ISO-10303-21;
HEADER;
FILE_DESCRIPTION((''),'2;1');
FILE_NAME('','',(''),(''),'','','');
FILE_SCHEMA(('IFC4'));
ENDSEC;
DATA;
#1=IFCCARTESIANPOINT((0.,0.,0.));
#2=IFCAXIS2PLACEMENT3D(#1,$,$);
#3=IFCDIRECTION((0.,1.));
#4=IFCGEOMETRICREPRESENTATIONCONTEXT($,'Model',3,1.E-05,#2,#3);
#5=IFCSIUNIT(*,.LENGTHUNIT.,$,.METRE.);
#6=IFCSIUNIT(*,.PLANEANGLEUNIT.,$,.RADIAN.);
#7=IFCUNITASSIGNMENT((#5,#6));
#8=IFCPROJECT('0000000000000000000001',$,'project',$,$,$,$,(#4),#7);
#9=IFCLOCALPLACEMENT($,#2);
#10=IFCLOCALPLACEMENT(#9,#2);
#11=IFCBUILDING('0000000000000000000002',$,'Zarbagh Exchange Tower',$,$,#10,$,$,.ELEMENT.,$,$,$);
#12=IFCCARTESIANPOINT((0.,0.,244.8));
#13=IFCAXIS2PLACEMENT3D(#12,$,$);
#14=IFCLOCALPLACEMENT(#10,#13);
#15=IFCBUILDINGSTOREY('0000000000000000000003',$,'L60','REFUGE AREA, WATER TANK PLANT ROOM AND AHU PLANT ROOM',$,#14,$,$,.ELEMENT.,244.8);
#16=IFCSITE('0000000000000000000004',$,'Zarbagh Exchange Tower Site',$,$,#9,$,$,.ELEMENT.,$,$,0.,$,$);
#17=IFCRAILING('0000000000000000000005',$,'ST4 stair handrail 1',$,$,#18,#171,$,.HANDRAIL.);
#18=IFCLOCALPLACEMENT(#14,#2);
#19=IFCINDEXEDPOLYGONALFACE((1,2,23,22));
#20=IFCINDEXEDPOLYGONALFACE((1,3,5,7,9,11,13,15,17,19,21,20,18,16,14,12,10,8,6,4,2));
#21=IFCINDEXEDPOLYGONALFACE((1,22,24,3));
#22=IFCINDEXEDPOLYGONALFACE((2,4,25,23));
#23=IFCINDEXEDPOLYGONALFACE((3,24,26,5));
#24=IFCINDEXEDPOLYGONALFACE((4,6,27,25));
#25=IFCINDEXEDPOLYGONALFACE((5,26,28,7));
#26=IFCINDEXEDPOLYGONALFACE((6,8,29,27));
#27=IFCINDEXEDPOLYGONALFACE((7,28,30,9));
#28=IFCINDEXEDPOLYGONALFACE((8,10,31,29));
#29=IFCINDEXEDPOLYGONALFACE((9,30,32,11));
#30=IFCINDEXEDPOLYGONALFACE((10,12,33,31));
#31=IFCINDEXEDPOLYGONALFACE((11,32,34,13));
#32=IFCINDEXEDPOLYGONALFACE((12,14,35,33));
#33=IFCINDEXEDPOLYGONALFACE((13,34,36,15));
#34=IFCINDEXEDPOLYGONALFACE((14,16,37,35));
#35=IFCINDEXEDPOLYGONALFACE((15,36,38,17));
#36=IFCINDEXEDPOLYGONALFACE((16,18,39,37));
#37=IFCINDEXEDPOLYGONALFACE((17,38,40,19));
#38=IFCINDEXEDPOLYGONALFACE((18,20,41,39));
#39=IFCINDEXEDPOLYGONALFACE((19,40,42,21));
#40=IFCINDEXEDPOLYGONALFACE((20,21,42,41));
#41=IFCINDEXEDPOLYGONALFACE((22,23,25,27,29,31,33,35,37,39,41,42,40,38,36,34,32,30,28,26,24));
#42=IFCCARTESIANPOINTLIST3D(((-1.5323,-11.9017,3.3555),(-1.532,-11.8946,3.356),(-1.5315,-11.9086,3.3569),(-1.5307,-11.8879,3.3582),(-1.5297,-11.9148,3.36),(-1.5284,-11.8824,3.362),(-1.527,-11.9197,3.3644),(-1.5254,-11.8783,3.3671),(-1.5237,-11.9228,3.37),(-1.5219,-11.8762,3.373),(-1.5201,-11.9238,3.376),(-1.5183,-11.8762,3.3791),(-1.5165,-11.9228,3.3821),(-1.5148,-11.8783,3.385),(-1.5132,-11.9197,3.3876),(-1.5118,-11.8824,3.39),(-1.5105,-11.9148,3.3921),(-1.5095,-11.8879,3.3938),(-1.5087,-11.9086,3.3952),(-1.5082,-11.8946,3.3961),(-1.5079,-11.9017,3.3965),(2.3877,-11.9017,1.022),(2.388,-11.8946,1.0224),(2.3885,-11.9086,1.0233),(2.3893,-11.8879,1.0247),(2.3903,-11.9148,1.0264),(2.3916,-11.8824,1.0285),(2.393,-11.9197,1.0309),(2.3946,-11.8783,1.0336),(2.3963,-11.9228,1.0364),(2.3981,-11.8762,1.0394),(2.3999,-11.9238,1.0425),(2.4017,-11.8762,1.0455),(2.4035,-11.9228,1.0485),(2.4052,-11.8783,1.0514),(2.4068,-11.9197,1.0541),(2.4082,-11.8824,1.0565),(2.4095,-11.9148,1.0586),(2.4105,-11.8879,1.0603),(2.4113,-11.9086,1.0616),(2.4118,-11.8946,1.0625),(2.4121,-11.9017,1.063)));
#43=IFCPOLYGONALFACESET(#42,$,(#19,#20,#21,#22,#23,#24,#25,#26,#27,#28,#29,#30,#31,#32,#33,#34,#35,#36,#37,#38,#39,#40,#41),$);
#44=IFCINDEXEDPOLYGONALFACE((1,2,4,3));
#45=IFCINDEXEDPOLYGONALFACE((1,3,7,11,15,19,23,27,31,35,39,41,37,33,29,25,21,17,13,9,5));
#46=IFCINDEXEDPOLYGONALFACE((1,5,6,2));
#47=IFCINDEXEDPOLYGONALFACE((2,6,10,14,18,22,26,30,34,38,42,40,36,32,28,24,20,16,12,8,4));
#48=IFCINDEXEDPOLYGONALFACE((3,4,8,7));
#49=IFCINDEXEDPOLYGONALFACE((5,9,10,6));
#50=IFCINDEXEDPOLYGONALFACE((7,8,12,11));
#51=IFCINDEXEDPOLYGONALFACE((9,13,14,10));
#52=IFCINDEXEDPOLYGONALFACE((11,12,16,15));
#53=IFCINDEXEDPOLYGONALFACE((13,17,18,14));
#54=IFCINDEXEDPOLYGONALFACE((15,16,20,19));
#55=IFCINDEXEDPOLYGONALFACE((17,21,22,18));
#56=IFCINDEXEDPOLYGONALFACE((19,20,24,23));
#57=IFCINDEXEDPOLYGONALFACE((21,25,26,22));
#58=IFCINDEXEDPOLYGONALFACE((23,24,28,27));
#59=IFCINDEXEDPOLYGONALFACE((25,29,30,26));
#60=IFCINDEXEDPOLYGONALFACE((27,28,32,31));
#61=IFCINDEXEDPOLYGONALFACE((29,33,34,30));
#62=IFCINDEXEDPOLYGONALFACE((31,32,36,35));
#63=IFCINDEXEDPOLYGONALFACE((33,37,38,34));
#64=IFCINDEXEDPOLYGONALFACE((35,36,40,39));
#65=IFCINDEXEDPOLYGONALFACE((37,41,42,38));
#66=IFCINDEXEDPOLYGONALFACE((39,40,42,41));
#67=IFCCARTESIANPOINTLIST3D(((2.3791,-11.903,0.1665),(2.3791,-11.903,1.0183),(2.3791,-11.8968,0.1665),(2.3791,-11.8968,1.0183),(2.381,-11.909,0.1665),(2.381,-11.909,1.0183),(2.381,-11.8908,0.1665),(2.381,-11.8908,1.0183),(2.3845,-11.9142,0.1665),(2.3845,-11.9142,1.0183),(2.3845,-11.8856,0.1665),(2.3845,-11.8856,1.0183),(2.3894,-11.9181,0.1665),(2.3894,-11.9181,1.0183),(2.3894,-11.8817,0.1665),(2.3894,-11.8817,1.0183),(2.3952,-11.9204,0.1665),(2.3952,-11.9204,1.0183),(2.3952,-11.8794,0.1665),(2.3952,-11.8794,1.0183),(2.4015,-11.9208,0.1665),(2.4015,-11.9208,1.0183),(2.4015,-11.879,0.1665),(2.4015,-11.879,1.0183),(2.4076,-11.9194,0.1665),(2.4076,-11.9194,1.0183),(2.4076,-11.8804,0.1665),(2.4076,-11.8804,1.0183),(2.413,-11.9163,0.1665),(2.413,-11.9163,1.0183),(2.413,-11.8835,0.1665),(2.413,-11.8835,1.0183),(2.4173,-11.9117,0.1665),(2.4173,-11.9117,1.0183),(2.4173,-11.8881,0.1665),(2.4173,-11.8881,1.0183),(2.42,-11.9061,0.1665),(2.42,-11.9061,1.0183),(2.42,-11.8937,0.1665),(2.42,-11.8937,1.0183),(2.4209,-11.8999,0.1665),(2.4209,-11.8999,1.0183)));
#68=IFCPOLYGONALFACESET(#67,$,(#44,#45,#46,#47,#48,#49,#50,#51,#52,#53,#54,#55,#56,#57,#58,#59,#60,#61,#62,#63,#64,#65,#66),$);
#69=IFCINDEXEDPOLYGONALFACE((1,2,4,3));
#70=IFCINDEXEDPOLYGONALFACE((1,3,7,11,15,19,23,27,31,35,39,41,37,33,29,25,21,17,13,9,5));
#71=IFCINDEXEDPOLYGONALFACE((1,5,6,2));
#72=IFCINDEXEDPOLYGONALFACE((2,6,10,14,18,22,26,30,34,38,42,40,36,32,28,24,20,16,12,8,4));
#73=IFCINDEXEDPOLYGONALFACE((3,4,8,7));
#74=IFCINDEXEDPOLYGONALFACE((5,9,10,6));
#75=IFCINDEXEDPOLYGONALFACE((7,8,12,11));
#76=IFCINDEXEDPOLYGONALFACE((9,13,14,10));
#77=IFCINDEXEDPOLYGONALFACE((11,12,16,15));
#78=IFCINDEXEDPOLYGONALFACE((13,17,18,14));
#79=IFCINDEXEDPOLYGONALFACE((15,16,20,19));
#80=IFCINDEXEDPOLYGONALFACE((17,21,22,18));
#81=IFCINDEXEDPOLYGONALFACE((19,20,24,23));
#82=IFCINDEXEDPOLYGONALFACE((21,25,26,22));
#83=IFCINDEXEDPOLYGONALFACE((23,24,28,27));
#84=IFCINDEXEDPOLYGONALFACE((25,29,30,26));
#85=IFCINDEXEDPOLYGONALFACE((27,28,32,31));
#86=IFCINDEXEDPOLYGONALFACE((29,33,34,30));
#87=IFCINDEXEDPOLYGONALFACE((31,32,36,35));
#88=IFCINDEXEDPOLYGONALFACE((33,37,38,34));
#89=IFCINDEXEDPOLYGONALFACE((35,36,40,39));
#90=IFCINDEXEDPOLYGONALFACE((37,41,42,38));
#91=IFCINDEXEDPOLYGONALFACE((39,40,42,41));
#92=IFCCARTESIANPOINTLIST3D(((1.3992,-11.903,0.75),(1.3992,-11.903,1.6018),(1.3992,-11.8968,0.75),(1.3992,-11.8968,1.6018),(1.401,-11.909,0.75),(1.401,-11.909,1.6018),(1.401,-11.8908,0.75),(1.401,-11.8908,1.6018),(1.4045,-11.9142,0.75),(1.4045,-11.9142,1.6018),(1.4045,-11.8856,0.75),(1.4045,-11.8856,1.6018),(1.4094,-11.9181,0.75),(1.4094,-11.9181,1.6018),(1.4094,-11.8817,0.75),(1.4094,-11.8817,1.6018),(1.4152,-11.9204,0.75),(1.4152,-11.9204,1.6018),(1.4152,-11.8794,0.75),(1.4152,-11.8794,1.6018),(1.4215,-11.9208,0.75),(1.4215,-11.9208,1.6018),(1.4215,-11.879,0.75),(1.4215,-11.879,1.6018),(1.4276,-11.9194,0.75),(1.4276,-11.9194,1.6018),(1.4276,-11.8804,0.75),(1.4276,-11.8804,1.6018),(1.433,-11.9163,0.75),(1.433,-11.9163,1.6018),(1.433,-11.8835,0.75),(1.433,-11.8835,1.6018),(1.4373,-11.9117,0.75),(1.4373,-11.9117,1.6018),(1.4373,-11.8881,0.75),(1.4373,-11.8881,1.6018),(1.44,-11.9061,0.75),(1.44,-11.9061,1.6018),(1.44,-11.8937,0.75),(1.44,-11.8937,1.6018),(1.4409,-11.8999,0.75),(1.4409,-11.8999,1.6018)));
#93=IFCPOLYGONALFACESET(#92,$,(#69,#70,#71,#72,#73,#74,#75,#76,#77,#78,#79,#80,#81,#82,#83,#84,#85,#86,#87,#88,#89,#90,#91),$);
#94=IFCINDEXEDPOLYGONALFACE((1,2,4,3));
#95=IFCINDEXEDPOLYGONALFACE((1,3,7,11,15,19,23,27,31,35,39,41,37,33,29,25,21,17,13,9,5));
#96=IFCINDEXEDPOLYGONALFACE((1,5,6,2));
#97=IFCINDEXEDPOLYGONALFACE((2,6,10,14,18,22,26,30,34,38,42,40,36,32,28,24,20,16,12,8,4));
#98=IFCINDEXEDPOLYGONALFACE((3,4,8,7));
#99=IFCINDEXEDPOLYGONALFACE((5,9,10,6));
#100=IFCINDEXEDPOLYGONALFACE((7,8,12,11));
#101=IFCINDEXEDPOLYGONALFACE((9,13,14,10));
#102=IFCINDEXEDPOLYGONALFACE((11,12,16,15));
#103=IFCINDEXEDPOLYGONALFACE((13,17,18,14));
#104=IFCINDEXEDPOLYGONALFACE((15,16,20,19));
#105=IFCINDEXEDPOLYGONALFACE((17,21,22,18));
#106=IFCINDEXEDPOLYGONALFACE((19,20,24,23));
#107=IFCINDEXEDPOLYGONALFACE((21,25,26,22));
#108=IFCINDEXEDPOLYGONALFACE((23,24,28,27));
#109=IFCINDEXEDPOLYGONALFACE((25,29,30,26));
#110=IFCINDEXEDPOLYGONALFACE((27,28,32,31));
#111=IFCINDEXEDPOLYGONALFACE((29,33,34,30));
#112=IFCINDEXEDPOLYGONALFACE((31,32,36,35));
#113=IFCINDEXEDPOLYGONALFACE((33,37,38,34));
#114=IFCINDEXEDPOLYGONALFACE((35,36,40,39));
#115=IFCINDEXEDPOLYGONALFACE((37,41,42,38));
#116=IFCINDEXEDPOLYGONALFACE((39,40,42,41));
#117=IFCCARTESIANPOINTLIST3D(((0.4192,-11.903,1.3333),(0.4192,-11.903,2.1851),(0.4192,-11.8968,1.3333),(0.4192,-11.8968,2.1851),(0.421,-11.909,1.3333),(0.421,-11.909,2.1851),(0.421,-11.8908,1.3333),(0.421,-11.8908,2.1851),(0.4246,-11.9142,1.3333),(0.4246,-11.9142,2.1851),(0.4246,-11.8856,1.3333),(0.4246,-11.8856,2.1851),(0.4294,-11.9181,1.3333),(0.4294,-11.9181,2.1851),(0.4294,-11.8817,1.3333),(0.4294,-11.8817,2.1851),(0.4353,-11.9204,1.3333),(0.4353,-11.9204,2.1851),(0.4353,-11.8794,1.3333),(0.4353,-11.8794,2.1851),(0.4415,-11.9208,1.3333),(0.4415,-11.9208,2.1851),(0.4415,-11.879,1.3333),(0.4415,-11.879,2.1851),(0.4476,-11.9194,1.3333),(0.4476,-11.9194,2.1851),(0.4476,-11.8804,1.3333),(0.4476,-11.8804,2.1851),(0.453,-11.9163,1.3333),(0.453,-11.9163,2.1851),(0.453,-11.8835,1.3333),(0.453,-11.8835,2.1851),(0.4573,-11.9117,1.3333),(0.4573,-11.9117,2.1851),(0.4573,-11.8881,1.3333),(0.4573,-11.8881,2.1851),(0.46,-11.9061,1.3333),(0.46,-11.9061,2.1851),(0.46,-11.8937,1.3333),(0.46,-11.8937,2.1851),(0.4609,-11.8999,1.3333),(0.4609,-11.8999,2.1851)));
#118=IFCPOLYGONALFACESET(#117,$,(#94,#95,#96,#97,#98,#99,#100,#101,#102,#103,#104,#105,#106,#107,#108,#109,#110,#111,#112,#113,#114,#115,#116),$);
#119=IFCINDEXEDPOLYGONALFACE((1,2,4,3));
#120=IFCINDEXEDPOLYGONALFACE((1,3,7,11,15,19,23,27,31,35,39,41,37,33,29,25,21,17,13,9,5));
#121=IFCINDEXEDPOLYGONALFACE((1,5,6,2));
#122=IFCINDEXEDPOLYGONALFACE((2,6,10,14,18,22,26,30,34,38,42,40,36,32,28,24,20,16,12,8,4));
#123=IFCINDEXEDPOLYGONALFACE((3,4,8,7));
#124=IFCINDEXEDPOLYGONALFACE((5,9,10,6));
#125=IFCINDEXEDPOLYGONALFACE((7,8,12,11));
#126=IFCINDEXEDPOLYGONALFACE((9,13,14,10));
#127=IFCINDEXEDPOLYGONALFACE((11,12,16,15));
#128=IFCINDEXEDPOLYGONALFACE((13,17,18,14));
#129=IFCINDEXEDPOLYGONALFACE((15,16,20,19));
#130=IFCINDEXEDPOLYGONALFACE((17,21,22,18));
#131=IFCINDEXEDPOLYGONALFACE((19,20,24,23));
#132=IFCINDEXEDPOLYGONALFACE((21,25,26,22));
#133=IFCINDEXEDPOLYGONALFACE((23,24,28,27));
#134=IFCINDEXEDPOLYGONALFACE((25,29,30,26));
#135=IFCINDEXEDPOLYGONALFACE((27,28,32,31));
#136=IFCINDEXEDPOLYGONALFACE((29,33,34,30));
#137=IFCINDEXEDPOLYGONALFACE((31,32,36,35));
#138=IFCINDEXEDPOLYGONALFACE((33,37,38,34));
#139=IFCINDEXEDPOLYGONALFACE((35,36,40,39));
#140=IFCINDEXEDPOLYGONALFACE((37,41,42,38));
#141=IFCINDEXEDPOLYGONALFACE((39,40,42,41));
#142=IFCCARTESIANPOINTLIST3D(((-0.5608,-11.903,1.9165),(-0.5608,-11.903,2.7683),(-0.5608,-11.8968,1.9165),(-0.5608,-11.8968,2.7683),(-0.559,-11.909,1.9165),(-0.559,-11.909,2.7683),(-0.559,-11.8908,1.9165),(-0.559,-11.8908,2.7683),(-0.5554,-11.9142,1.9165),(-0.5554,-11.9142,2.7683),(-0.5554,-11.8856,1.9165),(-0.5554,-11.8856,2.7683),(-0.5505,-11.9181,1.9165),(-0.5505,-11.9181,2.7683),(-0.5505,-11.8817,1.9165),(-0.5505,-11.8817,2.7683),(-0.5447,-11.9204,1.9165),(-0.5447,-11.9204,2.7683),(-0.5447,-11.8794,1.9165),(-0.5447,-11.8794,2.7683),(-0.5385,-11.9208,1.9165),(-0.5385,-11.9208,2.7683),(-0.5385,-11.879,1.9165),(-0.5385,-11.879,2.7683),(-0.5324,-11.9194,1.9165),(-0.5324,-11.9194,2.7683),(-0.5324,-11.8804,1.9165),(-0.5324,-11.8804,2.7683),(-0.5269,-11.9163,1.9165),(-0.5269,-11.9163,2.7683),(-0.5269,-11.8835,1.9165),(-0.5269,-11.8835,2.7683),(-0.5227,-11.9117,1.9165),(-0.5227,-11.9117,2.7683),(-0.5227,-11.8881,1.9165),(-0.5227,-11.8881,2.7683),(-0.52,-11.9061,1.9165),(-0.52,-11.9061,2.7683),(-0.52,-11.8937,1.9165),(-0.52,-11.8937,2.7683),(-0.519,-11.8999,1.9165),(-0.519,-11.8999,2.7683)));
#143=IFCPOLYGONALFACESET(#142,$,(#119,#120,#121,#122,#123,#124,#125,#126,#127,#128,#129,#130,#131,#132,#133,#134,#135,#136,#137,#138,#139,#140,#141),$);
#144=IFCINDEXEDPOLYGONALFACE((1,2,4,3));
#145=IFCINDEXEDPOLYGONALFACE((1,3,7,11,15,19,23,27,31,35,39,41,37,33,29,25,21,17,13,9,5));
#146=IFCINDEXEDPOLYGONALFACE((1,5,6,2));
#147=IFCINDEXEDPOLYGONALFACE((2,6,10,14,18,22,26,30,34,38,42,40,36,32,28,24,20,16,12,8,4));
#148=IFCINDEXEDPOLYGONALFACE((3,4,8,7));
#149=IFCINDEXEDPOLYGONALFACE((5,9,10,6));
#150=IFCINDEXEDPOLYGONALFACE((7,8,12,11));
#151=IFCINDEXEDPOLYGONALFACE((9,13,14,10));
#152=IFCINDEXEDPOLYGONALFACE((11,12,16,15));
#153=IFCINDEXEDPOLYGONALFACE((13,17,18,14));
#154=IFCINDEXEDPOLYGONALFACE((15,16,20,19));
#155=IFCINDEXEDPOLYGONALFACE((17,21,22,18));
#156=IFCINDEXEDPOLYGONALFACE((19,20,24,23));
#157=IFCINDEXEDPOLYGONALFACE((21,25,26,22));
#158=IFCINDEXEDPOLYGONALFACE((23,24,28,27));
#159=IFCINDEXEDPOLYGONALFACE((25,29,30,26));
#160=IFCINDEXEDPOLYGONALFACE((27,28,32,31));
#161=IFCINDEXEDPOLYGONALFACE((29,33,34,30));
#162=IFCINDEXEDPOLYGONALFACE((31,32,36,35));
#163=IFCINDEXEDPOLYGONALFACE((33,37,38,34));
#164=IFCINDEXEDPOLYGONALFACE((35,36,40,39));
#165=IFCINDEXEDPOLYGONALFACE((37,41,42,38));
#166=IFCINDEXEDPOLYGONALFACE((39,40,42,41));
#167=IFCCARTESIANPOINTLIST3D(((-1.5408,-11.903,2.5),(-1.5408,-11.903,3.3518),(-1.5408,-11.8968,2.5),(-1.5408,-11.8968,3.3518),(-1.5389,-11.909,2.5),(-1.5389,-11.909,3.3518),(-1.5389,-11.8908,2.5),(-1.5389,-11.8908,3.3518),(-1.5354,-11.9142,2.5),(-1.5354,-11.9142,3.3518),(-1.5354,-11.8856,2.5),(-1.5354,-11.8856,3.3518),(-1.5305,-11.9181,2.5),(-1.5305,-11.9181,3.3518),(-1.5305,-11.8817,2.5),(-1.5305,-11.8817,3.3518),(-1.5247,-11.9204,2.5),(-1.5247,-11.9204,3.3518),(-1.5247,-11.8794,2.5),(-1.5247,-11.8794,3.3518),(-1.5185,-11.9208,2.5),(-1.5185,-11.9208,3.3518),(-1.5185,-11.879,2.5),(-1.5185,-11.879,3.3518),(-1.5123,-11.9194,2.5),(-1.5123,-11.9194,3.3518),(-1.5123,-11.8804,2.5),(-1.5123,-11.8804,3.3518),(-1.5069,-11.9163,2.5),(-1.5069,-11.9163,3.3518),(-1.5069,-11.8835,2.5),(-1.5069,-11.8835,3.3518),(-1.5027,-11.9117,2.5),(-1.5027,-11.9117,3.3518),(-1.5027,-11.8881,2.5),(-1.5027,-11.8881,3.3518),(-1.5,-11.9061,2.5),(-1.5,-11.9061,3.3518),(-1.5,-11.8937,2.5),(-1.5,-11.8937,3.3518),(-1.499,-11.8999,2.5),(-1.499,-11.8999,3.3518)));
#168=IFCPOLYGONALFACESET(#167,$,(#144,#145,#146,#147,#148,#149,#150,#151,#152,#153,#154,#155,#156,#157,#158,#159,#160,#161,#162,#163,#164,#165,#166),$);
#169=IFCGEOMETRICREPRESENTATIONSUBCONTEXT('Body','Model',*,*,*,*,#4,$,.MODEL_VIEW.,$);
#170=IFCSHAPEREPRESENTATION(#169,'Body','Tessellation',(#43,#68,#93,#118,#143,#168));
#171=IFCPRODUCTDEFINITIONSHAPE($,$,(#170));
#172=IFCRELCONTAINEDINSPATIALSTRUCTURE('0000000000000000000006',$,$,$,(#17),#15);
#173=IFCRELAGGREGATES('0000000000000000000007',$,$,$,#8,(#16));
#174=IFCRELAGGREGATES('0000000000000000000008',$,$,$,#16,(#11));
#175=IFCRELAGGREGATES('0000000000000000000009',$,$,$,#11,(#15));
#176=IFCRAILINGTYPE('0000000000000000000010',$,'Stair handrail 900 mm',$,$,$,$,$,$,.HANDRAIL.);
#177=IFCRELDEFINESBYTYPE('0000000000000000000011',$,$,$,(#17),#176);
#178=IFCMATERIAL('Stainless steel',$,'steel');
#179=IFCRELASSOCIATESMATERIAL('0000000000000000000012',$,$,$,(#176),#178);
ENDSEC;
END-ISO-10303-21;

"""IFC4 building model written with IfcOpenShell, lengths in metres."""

from ifc_helpers import new_model, si_unit, direction, frame, origin, origin_2d, place, context, subcontext, project, spatial, circle, extrude, material, type_object, element, save


model = new_model("IFC4")

# Units and contexts
model_context = context("Model", 3, precision=1e-05, world=origin(), true_north=direction((0.0, 1.0)))
body_context = subcontext(model_context, "Body", "Model", "MODEL_VIEW")
ifc_project = project(units=[si_unit("LENGTHUNIT", "METRE"), si_unit("PLANEANGLEUNIT", "RADIAN")], contexts=[model_context])

# Site, building, storey
site_placement = place(None, origin())
site = spatial("IfcSite", under=ifc_project, at=site_placement, Name="Zarbagh Exchange Tower Site", CompositionType="ELEMENT", RefElevation=0.0)
building_placement = place(site_placement, origin())
building = spatial("IfcBuilding", under=site, at=building_placement, Name="Zarbagh Exchange Tower", CompositionType="ELEMENT")
storey_placement = place(building_placement, frame((0.0, 0.0, 244.8)))
storey = spatial("IfcBuildingStorey", under=building, at=storey_placement, Name="L60", Description="REFUGE AREA, WATER TANK PLANT ROOM AND AHU PLANT ROOM", CompositionType="ELEMENT", Elevation=244.8)

# Shared definitions
ifc_material_1 = material(Name="Stainless steel", Category="steel")

# Railing
railing_type_1 = type_object("IfcRailingType", Name="Stair handrail 900 mm", PredefinedType="HANDRAIL", material=ifc_material_1)
railing_1_placement = place(storey_placement, frame((2.3999, -11.8999, 0.1665)))
element("IfcRailing", 1, at=railing_1_placement, inside=storey, type_object=railing_type_1, Name="ST4 stair handrail 1", PredefinedType="HANDRAIL", context=body_context, shape_type="SweptSolid", body=[
    extrude(circle(Radius=0.0239, at=origin_2d()), frame((0.0, 0.0, 0.876), z_axis=(-0.859273, 0.0, 0.511518), x_axis=(0.0, -1.0, 0.0)), (0.0, 0.0, 1.0), 4.562),
    extrude(circle(Radius=0.021, at=origin_2d()), origin(), (0.0, 0.0, 1.0), 0.8518),
    extrude(circle(Radius=0.021, at=origin_2d()), frame((-0.98, 0.0, 0.5835)), (0.0, 0.0, 1.0), 0.8518),
    extrude(circle(Radius=0.021, at=origin_2d()), frame((-1.96, 0.0, 1.1667)), (0.0, 0.0, 1.0), 0.8518),
    extrude(circle(Radius=0.021, at=origin_2d()), frame((-2.9399, 0.0, 1.75)), (0.0, 0.0, 1.0), 0.8518),
    extrude(circle(Radius=0.021, at=origin_2d()), frame((-3.9199, 0.0, 2.3335)), (0.0, 0.0, 1.0), 0.8518),
])

save(model, "model.ifc")
